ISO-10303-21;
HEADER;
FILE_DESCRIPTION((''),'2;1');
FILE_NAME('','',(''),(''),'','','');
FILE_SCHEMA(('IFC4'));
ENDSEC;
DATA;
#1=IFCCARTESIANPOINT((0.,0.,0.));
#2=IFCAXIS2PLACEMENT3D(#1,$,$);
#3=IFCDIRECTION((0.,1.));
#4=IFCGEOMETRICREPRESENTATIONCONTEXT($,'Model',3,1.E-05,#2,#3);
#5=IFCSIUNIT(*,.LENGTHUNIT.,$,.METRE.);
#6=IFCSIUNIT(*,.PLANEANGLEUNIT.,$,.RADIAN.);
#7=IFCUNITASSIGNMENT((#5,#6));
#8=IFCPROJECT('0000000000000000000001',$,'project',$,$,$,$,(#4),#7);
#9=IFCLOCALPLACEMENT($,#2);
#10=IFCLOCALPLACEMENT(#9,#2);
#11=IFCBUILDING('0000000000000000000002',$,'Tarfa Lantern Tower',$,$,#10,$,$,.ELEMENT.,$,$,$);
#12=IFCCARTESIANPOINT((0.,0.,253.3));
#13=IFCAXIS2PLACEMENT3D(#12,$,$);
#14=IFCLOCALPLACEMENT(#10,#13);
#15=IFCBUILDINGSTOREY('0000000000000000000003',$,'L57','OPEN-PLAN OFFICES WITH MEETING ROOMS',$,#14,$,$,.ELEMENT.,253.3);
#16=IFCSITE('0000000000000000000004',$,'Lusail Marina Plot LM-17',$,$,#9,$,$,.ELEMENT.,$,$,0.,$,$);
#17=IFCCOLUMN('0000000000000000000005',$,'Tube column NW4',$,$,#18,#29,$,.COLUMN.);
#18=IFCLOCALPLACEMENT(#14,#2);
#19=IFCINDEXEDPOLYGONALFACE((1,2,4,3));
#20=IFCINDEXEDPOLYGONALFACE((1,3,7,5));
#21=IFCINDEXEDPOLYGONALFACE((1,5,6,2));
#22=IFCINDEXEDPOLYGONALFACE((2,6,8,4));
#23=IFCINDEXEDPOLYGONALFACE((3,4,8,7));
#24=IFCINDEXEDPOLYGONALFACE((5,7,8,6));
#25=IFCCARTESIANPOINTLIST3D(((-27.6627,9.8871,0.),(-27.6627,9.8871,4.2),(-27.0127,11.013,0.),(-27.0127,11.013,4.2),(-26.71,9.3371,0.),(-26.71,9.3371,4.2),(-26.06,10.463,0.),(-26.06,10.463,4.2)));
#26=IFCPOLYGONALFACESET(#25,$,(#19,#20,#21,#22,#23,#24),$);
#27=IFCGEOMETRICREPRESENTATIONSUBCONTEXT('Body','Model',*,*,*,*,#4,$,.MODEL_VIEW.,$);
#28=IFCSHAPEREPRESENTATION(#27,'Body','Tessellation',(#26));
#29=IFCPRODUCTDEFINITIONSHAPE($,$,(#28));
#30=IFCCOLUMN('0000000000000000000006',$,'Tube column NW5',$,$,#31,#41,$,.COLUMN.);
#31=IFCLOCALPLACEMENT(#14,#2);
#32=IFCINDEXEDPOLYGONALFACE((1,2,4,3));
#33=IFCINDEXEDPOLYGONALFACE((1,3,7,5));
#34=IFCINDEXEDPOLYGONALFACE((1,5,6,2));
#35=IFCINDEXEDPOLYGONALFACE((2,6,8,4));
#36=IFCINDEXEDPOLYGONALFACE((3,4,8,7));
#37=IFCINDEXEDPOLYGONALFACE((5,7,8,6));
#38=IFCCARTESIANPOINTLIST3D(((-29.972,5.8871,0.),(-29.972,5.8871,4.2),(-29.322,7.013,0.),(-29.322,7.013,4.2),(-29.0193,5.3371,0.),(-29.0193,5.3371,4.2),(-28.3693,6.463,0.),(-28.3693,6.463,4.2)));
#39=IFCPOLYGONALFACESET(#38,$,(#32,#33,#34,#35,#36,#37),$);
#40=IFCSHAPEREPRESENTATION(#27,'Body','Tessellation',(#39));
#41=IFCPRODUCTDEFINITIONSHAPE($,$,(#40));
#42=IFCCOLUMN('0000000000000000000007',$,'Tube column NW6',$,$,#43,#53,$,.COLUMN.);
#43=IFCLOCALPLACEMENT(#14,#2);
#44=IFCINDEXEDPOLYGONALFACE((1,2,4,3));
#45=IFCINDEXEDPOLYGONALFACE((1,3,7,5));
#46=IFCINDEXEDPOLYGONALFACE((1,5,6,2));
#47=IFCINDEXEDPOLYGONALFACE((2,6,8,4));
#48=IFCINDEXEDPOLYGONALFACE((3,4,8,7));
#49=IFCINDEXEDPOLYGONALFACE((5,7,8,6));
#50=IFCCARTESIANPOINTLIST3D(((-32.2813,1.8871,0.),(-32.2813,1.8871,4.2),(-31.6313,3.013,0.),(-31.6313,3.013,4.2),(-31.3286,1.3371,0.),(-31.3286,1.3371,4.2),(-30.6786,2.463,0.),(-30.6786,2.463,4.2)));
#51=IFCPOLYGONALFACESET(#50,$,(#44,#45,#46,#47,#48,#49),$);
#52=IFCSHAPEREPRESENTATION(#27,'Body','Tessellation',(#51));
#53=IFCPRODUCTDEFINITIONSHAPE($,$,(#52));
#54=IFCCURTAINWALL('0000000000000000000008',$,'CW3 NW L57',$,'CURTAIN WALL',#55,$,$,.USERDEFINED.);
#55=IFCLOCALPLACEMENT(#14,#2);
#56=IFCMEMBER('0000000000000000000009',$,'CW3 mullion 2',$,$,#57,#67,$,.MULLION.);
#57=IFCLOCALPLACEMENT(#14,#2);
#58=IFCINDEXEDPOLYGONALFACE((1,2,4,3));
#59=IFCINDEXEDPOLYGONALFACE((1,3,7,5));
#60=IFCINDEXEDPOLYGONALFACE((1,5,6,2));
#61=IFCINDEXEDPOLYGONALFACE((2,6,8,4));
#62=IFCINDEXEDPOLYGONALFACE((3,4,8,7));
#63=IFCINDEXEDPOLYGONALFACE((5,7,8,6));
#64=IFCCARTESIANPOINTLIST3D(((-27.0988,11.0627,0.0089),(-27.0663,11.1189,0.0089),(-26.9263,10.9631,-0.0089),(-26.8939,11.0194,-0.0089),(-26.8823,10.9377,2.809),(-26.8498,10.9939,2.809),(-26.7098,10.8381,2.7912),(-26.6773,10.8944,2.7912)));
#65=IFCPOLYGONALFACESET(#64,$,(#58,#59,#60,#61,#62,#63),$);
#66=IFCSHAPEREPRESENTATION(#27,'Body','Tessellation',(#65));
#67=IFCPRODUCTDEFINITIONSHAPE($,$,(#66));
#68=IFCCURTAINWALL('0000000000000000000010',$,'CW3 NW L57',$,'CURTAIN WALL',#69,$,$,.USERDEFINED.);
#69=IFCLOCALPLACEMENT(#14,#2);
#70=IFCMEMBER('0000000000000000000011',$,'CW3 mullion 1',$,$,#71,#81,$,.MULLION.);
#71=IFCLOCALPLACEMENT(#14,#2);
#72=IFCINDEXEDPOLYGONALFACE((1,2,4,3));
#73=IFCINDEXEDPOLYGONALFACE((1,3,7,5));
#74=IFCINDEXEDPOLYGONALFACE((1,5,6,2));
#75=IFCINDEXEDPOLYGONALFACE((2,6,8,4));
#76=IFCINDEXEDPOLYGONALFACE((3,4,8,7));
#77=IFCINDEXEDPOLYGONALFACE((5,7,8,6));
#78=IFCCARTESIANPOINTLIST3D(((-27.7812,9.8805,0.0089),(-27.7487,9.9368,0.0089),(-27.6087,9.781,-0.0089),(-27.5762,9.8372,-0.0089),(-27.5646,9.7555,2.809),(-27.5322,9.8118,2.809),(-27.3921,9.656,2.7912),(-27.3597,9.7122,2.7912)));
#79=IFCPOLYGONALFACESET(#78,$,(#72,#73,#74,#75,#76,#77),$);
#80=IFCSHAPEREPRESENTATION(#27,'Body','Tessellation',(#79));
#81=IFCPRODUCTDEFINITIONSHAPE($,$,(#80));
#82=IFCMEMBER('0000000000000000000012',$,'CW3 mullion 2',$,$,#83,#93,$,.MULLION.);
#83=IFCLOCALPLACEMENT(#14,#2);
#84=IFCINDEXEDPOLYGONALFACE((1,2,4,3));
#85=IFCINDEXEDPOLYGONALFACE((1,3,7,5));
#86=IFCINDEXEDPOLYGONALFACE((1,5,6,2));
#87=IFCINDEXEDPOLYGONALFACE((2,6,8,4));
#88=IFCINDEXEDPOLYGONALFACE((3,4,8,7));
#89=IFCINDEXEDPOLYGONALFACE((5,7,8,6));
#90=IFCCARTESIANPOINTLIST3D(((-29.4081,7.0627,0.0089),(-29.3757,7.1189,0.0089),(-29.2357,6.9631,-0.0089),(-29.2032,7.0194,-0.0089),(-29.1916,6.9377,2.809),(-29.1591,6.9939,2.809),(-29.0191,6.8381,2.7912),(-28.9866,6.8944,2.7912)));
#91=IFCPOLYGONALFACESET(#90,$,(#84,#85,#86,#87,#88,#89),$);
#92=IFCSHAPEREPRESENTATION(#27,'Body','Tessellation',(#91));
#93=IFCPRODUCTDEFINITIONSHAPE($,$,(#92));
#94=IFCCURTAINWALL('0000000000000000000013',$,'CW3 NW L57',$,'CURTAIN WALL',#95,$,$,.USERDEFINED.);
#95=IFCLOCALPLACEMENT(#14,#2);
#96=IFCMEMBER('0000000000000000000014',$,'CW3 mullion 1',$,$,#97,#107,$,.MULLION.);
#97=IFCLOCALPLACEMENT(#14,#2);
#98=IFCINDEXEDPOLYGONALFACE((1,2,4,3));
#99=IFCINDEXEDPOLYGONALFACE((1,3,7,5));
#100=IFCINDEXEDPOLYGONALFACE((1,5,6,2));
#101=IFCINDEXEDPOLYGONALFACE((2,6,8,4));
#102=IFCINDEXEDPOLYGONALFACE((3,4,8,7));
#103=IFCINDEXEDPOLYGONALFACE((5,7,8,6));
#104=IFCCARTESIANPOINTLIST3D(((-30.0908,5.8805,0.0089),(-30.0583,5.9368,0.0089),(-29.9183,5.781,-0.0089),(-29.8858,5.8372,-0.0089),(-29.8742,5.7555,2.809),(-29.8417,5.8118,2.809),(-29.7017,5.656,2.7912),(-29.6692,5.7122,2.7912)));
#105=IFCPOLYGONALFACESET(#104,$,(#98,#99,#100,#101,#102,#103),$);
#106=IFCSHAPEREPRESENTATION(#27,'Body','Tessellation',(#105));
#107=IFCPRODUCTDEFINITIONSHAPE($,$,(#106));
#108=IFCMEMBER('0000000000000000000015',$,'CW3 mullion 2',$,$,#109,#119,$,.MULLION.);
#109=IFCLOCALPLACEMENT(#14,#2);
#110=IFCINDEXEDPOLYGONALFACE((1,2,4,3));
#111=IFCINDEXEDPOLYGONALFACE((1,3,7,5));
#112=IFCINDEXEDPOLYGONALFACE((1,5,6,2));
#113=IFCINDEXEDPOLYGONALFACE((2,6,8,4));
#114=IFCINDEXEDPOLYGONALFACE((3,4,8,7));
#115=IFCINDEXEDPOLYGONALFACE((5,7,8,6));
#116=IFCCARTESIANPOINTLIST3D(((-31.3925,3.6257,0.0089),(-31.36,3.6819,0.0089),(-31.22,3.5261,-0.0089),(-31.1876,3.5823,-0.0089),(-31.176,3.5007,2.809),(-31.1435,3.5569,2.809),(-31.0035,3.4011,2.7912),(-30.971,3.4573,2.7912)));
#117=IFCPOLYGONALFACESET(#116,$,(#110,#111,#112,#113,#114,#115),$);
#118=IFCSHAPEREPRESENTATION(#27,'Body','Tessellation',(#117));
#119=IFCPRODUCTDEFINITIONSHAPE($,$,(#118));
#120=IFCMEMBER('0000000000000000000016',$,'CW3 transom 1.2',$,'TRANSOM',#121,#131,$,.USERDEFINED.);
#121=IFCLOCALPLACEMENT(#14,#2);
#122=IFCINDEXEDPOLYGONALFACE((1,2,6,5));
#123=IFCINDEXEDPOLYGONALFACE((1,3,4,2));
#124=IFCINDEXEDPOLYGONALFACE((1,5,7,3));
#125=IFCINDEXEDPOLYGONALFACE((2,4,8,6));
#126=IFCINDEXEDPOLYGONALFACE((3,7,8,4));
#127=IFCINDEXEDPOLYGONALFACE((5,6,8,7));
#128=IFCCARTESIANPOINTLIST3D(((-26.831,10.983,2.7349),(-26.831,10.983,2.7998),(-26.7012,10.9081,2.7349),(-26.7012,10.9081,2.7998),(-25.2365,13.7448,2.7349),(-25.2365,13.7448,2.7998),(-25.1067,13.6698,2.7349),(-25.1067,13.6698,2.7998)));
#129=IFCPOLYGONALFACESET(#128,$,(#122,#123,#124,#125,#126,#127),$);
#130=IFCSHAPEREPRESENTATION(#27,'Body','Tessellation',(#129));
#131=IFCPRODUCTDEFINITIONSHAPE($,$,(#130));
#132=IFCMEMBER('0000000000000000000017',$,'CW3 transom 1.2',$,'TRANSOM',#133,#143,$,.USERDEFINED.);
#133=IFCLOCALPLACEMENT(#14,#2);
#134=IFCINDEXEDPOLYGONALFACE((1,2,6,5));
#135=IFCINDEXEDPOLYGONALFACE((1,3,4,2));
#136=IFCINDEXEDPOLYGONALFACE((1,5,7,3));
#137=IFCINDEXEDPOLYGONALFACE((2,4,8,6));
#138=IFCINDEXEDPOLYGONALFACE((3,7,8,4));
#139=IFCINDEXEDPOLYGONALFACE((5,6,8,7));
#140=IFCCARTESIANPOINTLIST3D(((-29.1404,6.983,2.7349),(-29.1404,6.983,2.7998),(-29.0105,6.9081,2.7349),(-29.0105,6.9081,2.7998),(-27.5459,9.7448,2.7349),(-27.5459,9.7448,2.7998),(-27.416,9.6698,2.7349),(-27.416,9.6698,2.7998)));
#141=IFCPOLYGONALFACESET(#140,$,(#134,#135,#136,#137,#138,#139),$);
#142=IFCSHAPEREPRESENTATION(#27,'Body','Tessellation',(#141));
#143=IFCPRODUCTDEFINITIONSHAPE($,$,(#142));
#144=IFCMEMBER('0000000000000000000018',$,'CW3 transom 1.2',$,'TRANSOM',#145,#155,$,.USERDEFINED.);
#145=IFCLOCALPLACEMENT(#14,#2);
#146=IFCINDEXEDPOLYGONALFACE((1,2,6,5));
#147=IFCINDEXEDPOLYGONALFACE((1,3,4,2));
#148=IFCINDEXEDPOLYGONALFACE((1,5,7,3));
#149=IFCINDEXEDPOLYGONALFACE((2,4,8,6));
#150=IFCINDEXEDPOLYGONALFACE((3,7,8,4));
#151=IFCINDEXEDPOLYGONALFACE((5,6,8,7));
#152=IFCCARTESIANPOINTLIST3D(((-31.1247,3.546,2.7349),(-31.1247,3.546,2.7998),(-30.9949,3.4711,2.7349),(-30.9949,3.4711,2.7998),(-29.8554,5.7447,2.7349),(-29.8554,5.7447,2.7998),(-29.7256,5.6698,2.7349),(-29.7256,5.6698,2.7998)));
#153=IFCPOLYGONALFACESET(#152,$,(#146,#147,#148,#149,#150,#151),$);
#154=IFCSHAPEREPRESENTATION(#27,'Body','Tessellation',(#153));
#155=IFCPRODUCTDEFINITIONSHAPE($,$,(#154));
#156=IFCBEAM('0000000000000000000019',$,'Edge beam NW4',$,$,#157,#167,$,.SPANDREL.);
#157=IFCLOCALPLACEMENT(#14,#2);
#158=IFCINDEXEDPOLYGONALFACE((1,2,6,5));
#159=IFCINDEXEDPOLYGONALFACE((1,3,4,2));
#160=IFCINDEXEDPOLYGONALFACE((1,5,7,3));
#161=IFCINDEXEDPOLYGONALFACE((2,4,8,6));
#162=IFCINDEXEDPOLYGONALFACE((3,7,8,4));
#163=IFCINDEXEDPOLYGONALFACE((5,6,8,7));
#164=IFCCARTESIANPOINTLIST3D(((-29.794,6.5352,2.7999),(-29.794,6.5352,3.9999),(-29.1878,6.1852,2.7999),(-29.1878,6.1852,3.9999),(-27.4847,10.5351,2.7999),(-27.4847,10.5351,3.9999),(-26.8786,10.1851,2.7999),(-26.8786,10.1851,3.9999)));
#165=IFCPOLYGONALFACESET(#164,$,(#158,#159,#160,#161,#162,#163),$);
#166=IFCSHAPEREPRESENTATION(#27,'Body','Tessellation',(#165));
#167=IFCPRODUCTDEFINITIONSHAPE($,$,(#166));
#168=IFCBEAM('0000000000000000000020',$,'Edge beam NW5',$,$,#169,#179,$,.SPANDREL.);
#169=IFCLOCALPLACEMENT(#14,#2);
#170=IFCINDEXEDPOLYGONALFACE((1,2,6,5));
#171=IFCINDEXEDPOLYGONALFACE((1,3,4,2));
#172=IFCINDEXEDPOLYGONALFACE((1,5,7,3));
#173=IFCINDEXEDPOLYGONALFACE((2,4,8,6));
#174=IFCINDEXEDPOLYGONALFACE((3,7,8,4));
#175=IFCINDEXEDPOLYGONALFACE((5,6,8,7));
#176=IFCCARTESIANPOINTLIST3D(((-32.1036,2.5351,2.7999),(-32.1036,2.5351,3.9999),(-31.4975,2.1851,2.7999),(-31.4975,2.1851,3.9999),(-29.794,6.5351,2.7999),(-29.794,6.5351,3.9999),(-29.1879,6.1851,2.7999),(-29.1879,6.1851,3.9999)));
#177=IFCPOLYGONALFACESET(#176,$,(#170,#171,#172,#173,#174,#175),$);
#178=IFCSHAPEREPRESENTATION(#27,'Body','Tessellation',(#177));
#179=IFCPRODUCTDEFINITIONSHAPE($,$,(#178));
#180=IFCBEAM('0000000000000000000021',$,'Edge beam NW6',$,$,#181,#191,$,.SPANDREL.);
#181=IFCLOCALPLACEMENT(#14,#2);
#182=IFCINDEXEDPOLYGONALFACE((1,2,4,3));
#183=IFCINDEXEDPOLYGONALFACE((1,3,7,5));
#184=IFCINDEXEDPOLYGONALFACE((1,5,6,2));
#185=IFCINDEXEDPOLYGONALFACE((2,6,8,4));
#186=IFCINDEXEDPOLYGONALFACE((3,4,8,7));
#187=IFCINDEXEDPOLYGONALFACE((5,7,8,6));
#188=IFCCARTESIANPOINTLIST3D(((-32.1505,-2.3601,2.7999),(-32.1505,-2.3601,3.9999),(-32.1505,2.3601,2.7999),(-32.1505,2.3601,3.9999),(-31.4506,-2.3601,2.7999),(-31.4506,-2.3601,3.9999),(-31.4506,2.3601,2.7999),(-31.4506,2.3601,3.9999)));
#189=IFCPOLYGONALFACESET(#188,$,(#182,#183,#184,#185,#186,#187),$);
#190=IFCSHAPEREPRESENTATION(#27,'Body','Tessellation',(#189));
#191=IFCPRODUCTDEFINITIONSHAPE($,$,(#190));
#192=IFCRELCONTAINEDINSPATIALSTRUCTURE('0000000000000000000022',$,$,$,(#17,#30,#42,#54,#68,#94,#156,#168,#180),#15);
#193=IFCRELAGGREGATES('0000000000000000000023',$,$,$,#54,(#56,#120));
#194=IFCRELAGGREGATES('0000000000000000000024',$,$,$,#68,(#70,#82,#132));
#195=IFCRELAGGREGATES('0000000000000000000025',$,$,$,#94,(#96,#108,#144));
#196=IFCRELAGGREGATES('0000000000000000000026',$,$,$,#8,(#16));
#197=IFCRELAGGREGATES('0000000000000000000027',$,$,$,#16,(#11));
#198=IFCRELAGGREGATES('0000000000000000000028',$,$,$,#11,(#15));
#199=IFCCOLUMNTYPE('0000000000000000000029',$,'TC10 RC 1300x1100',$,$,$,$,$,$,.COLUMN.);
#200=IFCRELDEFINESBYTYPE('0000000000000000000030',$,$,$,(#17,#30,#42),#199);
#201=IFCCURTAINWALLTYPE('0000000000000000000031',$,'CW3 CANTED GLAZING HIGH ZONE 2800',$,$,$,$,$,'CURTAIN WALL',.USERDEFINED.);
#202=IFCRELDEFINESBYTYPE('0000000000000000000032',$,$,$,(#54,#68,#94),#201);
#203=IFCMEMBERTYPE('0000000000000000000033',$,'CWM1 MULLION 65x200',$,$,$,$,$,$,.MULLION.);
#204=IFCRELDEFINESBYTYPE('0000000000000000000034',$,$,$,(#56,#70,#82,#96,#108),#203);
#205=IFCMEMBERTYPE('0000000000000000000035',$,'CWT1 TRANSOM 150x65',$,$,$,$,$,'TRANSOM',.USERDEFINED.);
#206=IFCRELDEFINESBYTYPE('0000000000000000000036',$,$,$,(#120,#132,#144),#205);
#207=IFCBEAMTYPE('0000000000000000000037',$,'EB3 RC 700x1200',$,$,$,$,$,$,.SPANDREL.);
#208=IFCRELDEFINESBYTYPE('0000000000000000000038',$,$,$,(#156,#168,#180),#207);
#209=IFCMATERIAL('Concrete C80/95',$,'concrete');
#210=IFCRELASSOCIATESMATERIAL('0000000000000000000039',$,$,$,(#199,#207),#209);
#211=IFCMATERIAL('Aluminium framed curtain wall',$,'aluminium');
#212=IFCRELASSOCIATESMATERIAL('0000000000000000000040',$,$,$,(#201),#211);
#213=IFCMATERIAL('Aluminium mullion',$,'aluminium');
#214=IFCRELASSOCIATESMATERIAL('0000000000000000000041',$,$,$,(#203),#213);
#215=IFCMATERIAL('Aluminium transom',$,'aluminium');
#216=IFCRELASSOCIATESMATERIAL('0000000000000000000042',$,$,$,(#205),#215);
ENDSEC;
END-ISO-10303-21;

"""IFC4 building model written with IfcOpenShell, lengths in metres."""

from ifc_helpers import new_model, si_unit, direction, frame, origin, origin_2d, place, context, subcontext, project, spatial, rectangle, extrude, material, material_profile, profile_set, type_object, element, aggregate, save


model = new_model("IFC4")

# Units and contexts
model_context = context("Model", 3, precision=1e-05, world=origin(), true_north=direction((0.0, 1.0)))
body_context = subcontext(model_context, "Body", "Model", "MODEL_VIEW")
ifc_project = project(units=[si_unit("LENGTHUNIT", "METRE"), si_unit("PLANEANGLEUNIT", "RADIAN")], contexts=[model_context])

# Site, building, storey
site_placement = place(None, origin())
site = spatial("IfcSite", under=ifc_project, at=site_placement, Name="Lusail Marina Plot LM-17", CompositionType="ELEMENT", RefElevation=0.0)
building_placement = place(site_placement, origin())
building = spatial("IfcBuilding", under=site, at=building_placement, Name="Tarfa Lantern Tower", CompositionType="ELEMENT")
storey_placement = place(building_placement, frame((0.0, 0.0, 253.3)))
storey = spatial("IfcBuildingStorey", under=building, at=storey_placement, Name="L57", Description="OPEN-PLAN OFFICES WITH MEETING ROOMS", CompositionType="ELEMENT", Elevation=253.3)

# Columns
ifc_material_1 = material(Name="Concrete C80/95", Category="concrete")
ifc_material_profile_1 = material_profile(ifc_material_1, rectangle(XDim=1.3, YDim=1.1001, at=origin_2d()), Name="RC 1300x1100")
ifc_profile_set_1 = profile_set([ifc_material_profile_1], Name="Concrete C80/95")
column_type = type_object("IfcColumnType", Name="TC10 RC 1300x1100", PredefinedType="COLUMN", material=ifc_profile_set_1)
for number, where, z_axis, x_axis, name in (
    (1, (-26.8613, 10.175, 0.0), (0.0, 0.0, 1.0), (-0.5, -0.866025, 0.0), "Tube column NW4"),
    (2, (-29.1707, 6.175, 0.0), (0.0, 0.0, 1.0), (-0.5, -0.866025, 0.0), "Tube column NW5"),
    (3, (-31.48, 2.175, 0.0), (0.0, 0.0, 1.0), (-0.5, -0.866025, 0.0), "Tube column NW6"),
):
    element("IfcColumn", number, at=place(storey_placement, frame(where, z_axis=z_axis, x_axis=x_axis)), inside=storey, type_object=column_type, Name=name, PredefinedType="COLUMN", context=body_context, shape_type="SweptSolid", body=[
        extrude(rectangle(XDim=1.3, YDim=1.1001, at=origin_2d()), origin(), (0.0, 0.0, 1.0), 4.2),
    ])

# Curtain wall, member
ifc_material_2 = material(Name="Aluminium framed curtain wall", Category="aluminium")
curtain_wall_type = type_object("IfcCurtainWallType", Name="CW3 CANTED GLAZING HIGH ZONE 2800", ElementType="CURTAIN WALL", PredefinedType="USERDEFINED", material=ifc_material_2)
curtain_wall_1_placement = place(storey_placement, origin())
curtain_wall_1 = element("IfcCurtainWall", 4, at=curtain_wall_1_placement, inside=storey, type_object=curtain_wall_type, Name="CW3 NW L57", ObjectType="CURTAIN WALL", PredefinedType="USERDEFINED")
ifc_material_3 = material(Name="Aluminium mullion", Category="aluminium")
ifc_material_profile_2 = material_profile(ifc_material_3, rectangle(XDim=0.0649, YDim=0.2, at=origin_2d()), Name="AL MULLION 65x200")
ifc_profile_set_2 = profile_set([ifc_material_profile_2], Name="Aluminium mullion")
member_type_1 = type_object("IfcMemberType", Name="CWM1 MULLION 65x200", PredefinedType="MULLION", material=ifc_profile_set_2)
member_1_placement = place(storey_placement, frame((-26.9963, 11.041, 0.0), z_axis=(0.077032, -0.044465, 0.996037), x_axis=(0.49992, 0.866072, 0.0)))
member_1 = element("IfcMember", 5, at=member_1_placement, type_object=member_type_1, Name="CW3 mullion 2", PredefinedType="MULLION", context=body_context, shape_type="SweptSolid", body=[
    extrude(rectangle(XDim=0.0649, YDim=0.2, at=origin_2d()), origin(), (0.0, 0.0, 1.0), 2.8113),
])

# Curtain walls, members
curtain_wall_2_placement = place(storey_placement, origin())
curtain_wall_2 = element("IfcCurtainWall", 6, at=curtain_wall_2_placement, inside=storey, type_object=curtain_wall_type, Name="CW3 NW L57", ObjectType="CURTAIN WALL", PredefinedType="USERDEFINED")
member_2_placement = place(storey_placement, frame((-27.6787, 9.8589, 0.0), z_axis=(0.077032, -0.044465, 0.996037), x_axis=(0.49992, 0.866072, 0.0)))
member_2 = element("IfcMember", 7, at=member_2_placement, type_object=member_type_1, Name="CW3 mullion 1", PredefinedType="MULLION", context=body_context, shape_type="SweptSolid", body=[
    extrude(rectangle(XDim=0.0649, YDim=0.2, at=origin_2d()), origin(), (0.0, 0.0, 1.0), 2.8113),
])
member_3_placement = place(storey_placement, frame((-29.3057, 7.041, 0.0), z_axis=(0.077032, -0.044465, 0.996037), x_axis=(0.49992, 0.866072, 0.0)))
member_3 = element("IfcMember", 8, at=member_3_placement, type_object=member_type_1, Name="CW3 mullion 2", PredefinedType="MULLION", context=body_context, shape_type="SweptSolid", body=[
    extrude(rectangle(XDim=0.0649, YDim=0.2, at=origin_2d()), origin(), (0.0, 0.0, 1.0), 2.8113),
])
curtain_wall_3_placement = place(storey_placement, origin())
curtain_wall_3 = element("IfcCurtainWall", 9, at=curtain_wall_3_placement, inside=storey, type_object=curtain_wall_type, Name="CW3 NW L57", ObjectType="CURTAIN WALL", PredefinedType="USERDEFINED")
member_4_placement = place(storey_placement, frame((-29.9883, 5.8589, 0.0), z_axis=(0.077032, -0.044465, 0.996037), x_axis=(0.49992, 0.866072, 0.0)))
member_4 = element("IfcMember", 10, at=member_4_placement, type_object=member_type_1, Name="CW3 mullion 1", PredefinedType="MULLION", context=body_context, shape_type="SweptSolid", body=[
    extrude(rectangle(XDim=0.0649, YDim=0.2, at=origin_2d()), origin(), (0.0, 0.0, 1.0), 2.8113),
])
member_5_placement = place(storey_placement, frame((-31.29, 3.604, 0.0), z_axis=(0.077032, -0.044465, 0.996037), x_axis=(0.49992, 0.866072, 0.0)))
member_5 = element("IfcMember", 11, at=member_5_placement, type_object=member_type_1, Name="CW3 mullion 2", PredefinedType="MULLION", context=body_context, shape_type="SweptSolid", body=[
    extrude(rectangle(XDim=0.0649, YDim=0.2, at=origin_2d()), origin(), (0.0, 0.0, 1.0), 2.8113),
])

# Members
ifc_material_4 = material(Name="Aluminium transom", Category="aluminium")
ifc_material_profile_3 = material_profile(ifc_material_4, rectangle(XDim=0.1499, YDim=0.0649, at=origin_2d()), Name="AL TRANSOM 150x65")
ifc_profile_set_3 = profile_set([ifc_material_profile_3], Name="Aluminium transom")
member_type_2 = type_object("IfcMemberType", Name="CWT1 TRANSOM 150x65", ElementType="TRANSOM", PredefinedType="USERDEFINED", material=ifc_profile_set_3)
member_6_placement = place(storey_placement, frame((-25.1716, 13.7073, 2.7673), z_axis=(-0.500001, -0.866025, 0.0), x_axis=(0.866025, -0.500001, 0.0)))
member_6 = element("IfcMember", 12, at=member_6_placement, type_object=member_type_2, Name="CW3 transom 1.2", ObjectType="TRANSOM", PredefinedType="USERDEFINED", context=body_context, shape_type="SweptSolid", body=[
    extrude(rectangle(XDim=0.1499, YDim=0.0649, at=origin_2d()), origin(), (0.0, 0.0, 1.0), 3.189),
])
aggregate(curtain_wall_1, [member_1, member_6])
member_7_placement = place(storey_placement, frame((-27.481, 9.7073, 2.7673), z_axis=(-0.500001, -0.866025, 0.0), x_axis=(0.866025, -0.500001, 0.0)))
member_7 = element("IfcMember", 13, at=member_7_placement, type_object=member_type_2, Name="CW3 transom 1.2", ObjectType="TRANSOM", PredefinedType="USERDEFINED", context=body_context, shape_type="SweptSolid", body=[
    extrude(rectangle(XDim=0.1499, YDim=0.0649, at=origin_2d()), origin(), (0.0, 0.0, 1.0), 3.189),
])
member_8_placement = place(storey_placement, frame((-29.7905, 5.7073, 2.7673), z_axis=(-0.499956, -0.866051, 0.0), x_axis=(0.866051, -0.499956, 0.0)))
member_8 = element("IfcMember", 14, at=member_8_placement, type_object=member_type_2, Name="CW3 transom 1.2", ObjectType="TRANSOM", PredefinedType="USERDEFINED", context=body_context, shape_type="SweptSolid", body=[
    extrude(rectangle(XDim=0.1499, YDim=0.0649, at=origin_2d()), origin(), (0.0, 0.0, 1.0), 2.5388),
])

# Beams
ifc_material_profile_4 = material_profile(ifc_material_1, rectangle(XDim=0.7, YDim=1.2, at=origin_2d()), Name="RC 700x1200")
ifc_profile_set_4 = profile_set([ifc_material_profile_4], Name="Concrete C80/95")
beam_type_1 = type_object("IfcBeamType", Name="EB3 RC 700x1200", PredefinedType="SPANDREL", material=ifc_profile_set_4)
beam_1_placement = place(storey_placement, frame((-27.1816, 10.3601, 3.3999), z_axis=(-0.499988, -0.866032, 0.0), x_axis=(0.866032, -0.499988, 0.0)))
element("IfcBeam", 15, at=beam_1_placement, inside=storey, type_object=beam_type_1, Name="Edge beam NW4", PredefinedType="SPANDREL", context=body_context, shape_type="SweptSolid", body=[
    extrude(rectangle(XDim=0.7, YDim=1.2, at=origin_2d()), origin(), (0.0, 0.0, 1.0), 4.6187),
])
beam_2_placement = place(storey_placement, frame((-29.491, 6.3601, 3.3999), z_axis=(-0.500027, -0.86601, 0.0), x_axis=(0.86601, -0.500027, 0.0)))
element("IfcBeam", 16, at=beam_2_placement, inside=storey, type_object=beam_type_1, Name="Edge beam NW5", PredefinedType="SPANDREL", context=body_context, shape_type="SweptSolid", body=[
    extrude(rectangle(XDim=0.7, YDim=1.2, at=origin_2d()), origin(), (0.0, 0.0, 1.0), 4.6189),
])
beam_3_placement = place(storey_placement, frame((-31.8005, 2.3601, 3.3999), z_axis=(0.0, -1.0, 0.0), x_axis=(1.0, 0.0, 0.0)))
element("IfcBeam", 17, at=beam_3_placement, inside=storey, type_object=beam_type_1, Name="Edge beam NW6", PredefinedType="SPANDREL", context=body_context, shape_type="SweptSolid", body=[
    extrude(rectangle(XDim=0.7, YDim=1.2, at=origin_2d()), origin(), (0.0, 0.0, 1.0), 4.7202),
])

aggregate(curtain_wall_2, [member_2, member_3, member_7])
aggregate(curtain_wall_3, [member_4, member_5, member_8])

save(model, "model.ifc")
